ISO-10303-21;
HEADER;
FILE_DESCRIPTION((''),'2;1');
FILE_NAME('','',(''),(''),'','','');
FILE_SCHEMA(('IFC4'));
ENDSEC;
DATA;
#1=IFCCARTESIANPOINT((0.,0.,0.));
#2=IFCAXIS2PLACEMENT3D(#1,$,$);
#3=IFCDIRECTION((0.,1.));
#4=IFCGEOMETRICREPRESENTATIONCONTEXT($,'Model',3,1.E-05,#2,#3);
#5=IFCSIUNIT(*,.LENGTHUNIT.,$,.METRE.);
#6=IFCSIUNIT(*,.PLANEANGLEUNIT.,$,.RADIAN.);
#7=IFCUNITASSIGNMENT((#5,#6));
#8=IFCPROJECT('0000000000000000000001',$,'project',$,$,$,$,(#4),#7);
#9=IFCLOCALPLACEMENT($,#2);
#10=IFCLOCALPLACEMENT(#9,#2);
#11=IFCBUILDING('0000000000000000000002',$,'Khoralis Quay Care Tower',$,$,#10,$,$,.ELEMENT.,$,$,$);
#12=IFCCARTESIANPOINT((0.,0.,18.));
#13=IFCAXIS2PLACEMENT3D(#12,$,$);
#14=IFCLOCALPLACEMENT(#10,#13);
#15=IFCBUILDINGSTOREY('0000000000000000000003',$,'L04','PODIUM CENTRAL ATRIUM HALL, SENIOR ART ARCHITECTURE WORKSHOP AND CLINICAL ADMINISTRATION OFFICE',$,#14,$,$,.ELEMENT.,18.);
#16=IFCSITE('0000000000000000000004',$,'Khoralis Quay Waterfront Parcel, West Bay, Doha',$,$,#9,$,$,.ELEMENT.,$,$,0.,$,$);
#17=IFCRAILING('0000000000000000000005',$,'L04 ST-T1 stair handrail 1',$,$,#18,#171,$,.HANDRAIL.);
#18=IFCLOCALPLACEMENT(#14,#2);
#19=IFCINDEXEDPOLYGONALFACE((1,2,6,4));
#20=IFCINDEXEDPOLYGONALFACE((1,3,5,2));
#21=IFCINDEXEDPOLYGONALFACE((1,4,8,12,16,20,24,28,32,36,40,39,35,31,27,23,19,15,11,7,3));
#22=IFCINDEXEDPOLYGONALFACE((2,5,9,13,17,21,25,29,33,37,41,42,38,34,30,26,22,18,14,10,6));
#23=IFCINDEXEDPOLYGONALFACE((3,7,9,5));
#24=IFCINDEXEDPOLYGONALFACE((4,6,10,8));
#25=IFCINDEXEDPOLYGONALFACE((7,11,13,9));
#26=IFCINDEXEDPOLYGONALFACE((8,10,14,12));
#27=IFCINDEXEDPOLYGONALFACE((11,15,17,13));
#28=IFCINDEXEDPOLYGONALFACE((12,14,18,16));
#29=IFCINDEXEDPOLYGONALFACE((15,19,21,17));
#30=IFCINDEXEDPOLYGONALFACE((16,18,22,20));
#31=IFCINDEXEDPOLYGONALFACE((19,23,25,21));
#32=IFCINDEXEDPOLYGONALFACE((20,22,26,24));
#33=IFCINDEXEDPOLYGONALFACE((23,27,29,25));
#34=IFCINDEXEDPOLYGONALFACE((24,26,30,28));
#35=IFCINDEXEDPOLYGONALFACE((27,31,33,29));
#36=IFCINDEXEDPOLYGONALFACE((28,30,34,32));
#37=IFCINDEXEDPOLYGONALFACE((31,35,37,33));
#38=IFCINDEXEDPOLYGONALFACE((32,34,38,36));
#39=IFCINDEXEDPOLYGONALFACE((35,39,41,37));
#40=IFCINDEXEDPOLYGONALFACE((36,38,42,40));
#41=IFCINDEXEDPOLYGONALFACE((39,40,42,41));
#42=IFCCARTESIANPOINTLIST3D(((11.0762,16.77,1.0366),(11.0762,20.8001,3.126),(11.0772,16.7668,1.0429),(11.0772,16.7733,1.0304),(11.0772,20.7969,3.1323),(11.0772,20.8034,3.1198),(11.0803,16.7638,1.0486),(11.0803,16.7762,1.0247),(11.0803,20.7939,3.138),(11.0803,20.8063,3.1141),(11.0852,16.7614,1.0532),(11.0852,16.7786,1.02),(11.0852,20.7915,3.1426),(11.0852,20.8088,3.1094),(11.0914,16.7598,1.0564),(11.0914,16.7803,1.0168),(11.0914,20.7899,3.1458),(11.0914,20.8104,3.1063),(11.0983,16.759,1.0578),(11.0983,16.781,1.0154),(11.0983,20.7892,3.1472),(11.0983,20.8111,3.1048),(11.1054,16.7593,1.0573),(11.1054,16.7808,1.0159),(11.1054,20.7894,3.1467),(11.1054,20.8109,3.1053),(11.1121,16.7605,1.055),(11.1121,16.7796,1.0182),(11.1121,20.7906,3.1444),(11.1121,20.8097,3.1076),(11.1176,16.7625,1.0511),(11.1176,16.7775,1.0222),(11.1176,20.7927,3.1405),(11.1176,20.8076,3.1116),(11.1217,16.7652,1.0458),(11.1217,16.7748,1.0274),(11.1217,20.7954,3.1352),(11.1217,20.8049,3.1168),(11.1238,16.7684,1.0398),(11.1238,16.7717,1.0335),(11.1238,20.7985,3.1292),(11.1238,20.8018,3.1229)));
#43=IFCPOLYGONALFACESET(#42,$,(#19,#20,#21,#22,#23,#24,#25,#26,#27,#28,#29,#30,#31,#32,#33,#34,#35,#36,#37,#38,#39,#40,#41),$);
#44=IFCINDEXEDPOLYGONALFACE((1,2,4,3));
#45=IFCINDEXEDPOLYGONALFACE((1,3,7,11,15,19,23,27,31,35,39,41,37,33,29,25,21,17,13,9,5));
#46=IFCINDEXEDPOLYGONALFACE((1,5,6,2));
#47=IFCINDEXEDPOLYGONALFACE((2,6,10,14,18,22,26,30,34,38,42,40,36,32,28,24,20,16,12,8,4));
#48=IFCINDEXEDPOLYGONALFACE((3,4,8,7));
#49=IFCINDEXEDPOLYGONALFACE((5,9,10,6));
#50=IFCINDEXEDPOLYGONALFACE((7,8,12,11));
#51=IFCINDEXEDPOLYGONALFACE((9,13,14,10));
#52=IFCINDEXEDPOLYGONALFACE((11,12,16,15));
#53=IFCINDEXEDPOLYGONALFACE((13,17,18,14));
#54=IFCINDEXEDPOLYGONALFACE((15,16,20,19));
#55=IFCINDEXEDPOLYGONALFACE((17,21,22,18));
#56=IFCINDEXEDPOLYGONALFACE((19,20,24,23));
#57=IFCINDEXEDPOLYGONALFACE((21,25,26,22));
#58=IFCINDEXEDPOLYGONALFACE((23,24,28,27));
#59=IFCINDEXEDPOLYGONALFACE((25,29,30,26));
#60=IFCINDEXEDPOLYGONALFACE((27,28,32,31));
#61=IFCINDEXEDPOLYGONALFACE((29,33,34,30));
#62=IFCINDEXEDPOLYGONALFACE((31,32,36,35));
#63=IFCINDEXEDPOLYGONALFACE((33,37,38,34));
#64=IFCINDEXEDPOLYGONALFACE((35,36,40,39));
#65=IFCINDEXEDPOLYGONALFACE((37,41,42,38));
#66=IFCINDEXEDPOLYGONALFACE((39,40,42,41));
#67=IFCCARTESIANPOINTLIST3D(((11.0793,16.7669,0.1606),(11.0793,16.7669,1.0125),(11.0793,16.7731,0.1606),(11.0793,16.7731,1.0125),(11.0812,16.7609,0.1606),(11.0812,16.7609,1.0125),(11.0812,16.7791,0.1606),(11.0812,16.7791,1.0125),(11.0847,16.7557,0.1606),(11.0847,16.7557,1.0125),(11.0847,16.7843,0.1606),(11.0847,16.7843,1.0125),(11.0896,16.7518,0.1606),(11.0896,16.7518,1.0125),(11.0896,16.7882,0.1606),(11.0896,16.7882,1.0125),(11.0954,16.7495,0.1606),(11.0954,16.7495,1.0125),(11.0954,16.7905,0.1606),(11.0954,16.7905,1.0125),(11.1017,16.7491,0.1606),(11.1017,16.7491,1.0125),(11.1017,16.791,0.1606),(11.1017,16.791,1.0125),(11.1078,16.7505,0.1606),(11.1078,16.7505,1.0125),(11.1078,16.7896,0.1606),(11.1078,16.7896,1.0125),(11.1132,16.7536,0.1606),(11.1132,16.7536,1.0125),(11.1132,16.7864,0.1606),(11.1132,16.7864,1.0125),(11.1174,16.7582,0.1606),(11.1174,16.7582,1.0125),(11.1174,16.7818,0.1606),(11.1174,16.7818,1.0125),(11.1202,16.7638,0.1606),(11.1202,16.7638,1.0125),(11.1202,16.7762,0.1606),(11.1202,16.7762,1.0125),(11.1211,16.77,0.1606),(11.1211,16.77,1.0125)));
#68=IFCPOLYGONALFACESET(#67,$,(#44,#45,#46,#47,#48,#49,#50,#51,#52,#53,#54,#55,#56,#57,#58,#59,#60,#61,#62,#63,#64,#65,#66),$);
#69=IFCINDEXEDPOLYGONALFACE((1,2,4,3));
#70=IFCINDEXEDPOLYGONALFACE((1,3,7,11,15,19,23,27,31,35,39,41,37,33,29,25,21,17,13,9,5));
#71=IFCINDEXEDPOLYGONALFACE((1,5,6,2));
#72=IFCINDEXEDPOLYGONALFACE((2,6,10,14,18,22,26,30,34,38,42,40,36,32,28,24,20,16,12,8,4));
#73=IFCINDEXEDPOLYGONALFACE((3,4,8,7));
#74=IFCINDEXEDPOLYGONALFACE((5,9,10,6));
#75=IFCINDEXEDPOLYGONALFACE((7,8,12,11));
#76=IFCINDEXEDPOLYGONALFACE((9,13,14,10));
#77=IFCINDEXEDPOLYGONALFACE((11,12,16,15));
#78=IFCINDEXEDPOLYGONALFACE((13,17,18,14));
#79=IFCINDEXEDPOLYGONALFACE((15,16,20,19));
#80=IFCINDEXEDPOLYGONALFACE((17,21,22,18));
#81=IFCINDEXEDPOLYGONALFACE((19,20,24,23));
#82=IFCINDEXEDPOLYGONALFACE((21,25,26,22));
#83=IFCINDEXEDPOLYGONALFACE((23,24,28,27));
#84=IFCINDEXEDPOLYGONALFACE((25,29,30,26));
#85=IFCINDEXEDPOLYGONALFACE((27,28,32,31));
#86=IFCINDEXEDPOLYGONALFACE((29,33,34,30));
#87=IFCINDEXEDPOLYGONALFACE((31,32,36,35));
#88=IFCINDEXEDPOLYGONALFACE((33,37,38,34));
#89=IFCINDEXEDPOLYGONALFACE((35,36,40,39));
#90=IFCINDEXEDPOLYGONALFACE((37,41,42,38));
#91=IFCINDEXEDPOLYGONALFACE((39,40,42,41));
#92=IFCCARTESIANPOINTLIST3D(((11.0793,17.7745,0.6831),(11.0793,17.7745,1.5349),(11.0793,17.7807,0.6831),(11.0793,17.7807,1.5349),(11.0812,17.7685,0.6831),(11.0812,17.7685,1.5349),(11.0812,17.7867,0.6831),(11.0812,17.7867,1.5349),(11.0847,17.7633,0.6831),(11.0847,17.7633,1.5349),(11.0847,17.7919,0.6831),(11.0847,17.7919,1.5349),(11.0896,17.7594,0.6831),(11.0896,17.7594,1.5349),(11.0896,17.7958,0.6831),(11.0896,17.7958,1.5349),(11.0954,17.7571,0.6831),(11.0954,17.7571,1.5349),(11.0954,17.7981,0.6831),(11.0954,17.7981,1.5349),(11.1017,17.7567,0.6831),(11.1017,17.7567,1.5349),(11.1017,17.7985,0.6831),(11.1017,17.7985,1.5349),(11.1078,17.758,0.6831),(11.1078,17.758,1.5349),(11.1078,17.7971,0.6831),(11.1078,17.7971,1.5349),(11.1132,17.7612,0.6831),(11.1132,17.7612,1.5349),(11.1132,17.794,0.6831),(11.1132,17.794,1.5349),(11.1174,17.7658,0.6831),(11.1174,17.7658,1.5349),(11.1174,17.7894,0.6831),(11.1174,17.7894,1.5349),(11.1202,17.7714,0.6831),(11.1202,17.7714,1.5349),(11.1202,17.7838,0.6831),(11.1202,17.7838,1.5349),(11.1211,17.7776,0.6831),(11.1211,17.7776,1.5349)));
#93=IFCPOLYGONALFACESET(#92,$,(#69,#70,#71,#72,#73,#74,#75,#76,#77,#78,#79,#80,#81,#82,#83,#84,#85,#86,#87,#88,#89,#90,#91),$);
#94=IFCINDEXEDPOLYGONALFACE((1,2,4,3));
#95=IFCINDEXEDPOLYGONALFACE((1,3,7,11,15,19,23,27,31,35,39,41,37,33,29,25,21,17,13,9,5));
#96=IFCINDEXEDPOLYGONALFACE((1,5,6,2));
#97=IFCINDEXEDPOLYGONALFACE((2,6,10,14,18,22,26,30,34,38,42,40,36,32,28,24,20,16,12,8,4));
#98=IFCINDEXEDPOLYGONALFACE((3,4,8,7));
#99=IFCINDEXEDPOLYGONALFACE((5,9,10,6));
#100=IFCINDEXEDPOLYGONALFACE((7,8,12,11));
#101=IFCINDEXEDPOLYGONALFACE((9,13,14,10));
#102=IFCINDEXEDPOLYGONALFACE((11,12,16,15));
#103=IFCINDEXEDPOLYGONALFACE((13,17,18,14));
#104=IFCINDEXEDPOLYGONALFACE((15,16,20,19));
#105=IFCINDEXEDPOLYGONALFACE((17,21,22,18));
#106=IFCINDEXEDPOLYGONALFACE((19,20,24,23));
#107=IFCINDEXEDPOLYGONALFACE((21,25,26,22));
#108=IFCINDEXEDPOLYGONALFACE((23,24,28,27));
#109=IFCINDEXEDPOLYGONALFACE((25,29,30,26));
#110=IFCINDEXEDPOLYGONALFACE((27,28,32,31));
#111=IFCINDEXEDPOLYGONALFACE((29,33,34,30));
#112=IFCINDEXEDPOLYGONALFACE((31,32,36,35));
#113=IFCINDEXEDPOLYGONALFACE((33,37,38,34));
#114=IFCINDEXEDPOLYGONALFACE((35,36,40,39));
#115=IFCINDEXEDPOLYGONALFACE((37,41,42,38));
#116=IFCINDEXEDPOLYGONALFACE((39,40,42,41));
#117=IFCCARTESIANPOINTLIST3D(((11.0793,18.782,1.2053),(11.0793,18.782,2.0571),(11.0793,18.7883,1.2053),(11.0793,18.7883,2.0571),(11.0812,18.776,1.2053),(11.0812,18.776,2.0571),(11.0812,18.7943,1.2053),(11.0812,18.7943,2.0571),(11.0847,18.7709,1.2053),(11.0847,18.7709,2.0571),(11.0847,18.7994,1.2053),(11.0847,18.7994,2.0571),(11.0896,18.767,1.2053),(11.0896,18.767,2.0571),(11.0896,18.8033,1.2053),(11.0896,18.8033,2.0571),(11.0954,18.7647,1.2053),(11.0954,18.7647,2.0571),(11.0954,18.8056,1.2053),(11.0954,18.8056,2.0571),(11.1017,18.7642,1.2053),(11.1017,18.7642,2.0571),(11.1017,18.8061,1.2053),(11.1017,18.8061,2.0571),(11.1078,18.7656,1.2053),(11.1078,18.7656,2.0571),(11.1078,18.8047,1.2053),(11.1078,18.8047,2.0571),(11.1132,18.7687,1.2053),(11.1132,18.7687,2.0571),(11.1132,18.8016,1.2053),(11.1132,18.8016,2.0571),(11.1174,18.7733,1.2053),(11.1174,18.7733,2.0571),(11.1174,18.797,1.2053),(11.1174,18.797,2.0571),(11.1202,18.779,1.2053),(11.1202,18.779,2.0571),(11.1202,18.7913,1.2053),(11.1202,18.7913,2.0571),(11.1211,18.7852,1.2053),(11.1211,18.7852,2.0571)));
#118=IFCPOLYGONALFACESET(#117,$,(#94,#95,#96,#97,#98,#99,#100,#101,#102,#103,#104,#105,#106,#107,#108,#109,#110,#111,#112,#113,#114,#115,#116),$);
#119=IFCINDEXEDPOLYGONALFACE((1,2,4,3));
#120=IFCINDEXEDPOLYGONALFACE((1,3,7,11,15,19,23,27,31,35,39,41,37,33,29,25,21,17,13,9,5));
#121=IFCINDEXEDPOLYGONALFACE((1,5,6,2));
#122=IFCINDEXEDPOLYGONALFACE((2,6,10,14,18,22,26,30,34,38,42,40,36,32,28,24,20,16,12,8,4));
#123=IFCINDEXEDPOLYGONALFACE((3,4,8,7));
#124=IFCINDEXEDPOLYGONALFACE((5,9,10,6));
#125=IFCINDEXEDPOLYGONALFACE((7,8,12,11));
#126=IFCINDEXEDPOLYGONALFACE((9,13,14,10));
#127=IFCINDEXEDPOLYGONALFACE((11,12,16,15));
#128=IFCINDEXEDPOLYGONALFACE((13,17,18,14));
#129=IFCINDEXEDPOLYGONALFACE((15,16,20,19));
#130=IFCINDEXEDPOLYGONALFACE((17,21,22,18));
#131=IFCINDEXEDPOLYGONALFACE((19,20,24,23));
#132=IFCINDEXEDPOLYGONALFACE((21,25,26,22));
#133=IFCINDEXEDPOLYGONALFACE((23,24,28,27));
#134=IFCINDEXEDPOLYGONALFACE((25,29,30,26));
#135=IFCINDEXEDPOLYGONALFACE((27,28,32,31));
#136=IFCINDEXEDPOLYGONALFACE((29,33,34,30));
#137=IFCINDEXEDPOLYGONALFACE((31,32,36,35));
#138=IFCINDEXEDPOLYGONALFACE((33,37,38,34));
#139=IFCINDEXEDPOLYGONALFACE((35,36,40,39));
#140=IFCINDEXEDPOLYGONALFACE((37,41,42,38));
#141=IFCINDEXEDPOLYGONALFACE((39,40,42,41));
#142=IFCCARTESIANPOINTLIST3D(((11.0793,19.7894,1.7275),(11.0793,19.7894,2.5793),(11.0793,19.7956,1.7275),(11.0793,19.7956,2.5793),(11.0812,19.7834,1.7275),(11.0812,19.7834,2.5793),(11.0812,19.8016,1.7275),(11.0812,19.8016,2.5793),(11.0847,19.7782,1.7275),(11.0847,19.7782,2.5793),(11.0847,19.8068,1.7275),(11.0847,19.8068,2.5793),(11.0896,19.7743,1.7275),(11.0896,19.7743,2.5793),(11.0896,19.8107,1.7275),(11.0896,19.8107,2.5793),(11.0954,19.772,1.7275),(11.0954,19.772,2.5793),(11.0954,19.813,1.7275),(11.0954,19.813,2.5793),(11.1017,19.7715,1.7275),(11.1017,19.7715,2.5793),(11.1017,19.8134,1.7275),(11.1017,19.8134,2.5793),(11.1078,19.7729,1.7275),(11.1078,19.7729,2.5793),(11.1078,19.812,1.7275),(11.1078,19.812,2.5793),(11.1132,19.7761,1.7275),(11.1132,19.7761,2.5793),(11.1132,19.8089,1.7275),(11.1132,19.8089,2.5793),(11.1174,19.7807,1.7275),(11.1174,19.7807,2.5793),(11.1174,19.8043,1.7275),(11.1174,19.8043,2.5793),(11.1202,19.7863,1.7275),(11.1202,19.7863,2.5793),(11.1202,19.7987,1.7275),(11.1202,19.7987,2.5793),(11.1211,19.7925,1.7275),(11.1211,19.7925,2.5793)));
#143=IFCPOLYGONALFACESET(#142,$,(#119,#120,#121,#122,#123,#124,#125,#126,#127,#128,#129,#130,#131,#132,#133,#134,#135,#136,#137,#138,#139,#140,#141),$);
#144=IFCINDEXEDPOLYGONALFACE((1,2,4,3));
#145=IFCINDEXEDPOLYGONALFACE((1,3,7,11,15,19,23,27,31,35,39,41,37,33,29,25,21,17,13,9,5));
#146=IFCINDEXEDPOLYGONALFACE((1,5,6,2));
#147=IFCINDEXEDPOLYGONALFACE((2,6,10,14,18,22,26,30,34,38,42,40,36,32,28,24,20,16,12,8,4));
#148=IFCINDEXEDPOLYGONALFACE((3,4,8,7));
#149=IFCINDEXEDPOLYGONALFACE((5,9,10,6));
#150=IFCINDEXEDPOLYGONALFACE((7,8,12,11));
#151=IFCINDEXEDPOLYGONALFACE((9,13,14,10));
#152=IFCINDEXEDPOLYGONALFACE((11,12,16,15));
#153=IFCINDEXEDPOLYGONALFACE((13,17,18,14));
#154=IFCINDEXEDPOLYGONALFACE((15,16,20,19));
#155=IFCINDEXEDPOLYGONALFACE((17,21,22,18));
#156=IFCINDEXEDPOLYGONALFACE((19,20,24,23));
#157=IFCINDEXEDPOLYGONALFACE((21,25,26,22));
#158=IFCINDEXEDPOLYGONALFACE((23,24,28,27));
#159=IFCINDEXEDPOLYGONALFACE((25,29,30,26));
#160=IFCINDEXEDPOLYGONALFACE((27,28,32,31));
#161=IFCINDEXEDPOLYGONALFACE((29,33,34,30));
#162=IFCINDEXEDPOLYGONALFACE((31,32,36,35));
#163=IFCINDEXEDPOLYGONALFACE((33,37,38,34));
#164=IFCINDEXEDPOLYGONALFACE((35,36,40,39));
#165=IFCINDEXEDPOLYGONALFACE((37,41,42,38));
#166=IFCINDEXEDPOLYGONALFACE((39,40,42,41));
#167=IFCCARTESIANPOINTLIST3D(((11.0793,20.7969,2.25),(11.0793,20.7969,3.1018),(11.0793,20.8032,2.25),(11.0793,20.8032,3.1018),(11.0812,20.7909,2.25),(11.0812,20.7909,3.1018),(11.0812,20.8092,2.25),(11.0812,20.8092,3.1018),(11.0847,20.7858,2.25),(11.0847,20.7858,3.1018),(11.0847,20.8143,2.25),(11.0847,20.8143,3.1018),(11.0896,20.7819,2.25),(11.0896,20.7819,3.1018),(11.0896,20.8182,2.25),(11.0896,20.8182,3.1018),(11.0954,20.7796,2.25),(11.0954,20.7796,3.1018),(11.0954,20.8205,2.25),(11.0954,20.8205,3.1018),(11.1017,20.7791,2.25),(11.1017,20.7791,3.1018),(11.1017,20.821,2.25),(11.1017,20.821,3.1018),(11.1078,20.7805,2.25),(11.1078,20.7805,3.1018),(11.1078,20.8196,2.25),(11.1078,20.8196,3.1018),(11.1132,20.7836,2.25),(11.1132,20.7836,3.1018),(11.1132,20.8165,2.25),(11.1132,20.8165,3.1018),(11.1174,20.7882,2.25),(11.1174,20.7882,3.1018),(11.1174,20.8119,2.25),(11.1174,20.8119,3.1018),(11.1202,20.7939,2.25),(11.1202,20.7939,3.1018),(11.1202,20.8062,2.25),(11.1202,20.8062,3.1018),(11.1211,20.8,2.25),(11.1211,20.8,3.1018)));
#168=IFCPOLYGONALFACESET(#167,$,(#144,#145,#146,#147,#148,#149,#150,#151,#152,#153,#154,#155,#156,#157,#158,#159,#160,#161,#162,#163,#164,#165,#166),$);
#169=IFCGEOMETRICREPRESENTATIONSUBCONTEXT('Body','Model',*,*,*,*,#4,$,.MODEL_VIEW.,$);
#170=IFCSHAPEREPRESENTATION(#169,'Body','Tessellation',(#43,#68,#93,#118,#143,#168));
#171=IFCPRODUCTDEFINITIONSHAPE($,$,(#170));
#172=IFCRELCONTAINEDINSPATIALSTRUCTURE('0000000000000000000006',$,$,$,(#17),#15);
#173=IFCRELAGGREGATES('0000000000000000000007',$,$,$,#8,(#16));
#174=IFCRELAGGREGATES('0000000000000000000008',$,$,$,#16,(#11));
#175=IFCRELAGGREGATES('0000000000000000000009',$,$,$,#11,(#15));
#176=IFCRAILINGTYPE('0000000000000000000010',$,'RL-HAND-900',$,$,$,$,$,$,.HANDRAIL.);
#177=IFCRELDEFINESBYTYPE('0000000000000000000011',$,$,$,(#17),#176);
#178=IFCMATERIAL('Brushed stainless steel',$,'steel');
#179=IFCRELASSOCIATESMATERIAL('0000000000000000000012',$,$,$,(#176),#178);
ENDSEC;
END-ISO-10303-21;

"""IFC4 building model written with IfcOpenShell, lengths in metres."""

from ifc_helpers import new_model, si_unit, direction, frame, origin, origin_2d, place, context, subcontext, project, spatial, circle, extrude, material, type_object, element, save


model = new_model("IFC4")

# Units and contexts
model_context = context("Model", 3, precision=1e-05, world=origin(), true_north=direction((0.0, 1.0)))
body_context = subcontext(model_context, "Body", "Model", "MODEL_VIEW")
ifc_project = project(units=[si_unit("LENGTHUNIT", "METRE"), si_unit("PLANEANGLEUNIT", "RADIAN")], contexts=[model_context])

# Site, building, storey
site_placement = place(None, origin())
site = spatial("IfcSite", under=ifc_project, at=site_placement, Name="Khoralis Quay Waterfront Parcel, West Bay, Doha", CompositionType="ELEMENT", RefElevation=0.0)
building_placement = place(site_placement, origin())
building = spatial("IfcBuilding", under=site, at=building_placement, Name="Khoralis Quay Care Tower", CompositionType="ELEMENT")
storey_placement = place(building_placement, frame((0.0, 0.0, 18.0)))
storey = spatial("IfcBuildingStorey", under=building, at=storey_placement, Name="L04", Description="PODIUM CENTRAL ATRIUM HALL, SENIOR ART ARCHITECTURE WORKSHOP AND CLINICAL ADMINISTRATION OFFICE", CompositionType="ELEMENT", Elevation=18.0)

# Shared definitions
ifc_material_1 = material(Name="Brushed stainless steel", Category="steel")

# Railing
railing_type_1 = type_object("IfcRailingType", Name="RL-HAND-900", PredefinedType="HANDRAIL", material=ifc_material_1)
railing_1_placement = place(storey_placement, frame((11.1001, 16.77, 0.1606)))
element("IfcRailing", 1, at=railing_1_placement, inside=storey, type_object=railing_type_1, Name="L04 ST-T1 stair handrail 1", PredefinedType="HANDRAIL", context=body_context, shape_type="SweptSolid", body=[
    extrude(circle(Radius=0.0239, at=origin_2d()), frame((0.0, 0.0, 0.876), z_axis=(0.0, 0.887781, 0.460267), x_axis=(-1.0, 0.0, 0.0)), (0.0, 0.0, 1.0), 4.5396),
    extrude(circle(Radius=0.021, at=origin_2d()), origin(), (0.0, 0.0, 1.0), 0.8518),
    extrude(circle(Radius=0.021, at=origin_2d()), frame((0.0, 1.0076, 0.5225)), (0.0, 0.0, 1.0), 0.8518),
    extrude(circle(Radius=0.021, at=origin_2d()), frame((0.0, 2.0151, 1.0447)), (0.0, 0.0, 1.0), 0.8518),
    extrude(circle(Radius=0.021, at=origin_2d()), frame((0.0, 3.0225, 1.5669)), (0.0, 0.0, 1.0), 0.8518),
    extrude(circle(Radius=0.021, at=origin_2d()), frame((0.0, 4.03, 2.0894)), (0.0, 0.0, 1.0), 0.8518),
])

save(model, "model.ifc")
